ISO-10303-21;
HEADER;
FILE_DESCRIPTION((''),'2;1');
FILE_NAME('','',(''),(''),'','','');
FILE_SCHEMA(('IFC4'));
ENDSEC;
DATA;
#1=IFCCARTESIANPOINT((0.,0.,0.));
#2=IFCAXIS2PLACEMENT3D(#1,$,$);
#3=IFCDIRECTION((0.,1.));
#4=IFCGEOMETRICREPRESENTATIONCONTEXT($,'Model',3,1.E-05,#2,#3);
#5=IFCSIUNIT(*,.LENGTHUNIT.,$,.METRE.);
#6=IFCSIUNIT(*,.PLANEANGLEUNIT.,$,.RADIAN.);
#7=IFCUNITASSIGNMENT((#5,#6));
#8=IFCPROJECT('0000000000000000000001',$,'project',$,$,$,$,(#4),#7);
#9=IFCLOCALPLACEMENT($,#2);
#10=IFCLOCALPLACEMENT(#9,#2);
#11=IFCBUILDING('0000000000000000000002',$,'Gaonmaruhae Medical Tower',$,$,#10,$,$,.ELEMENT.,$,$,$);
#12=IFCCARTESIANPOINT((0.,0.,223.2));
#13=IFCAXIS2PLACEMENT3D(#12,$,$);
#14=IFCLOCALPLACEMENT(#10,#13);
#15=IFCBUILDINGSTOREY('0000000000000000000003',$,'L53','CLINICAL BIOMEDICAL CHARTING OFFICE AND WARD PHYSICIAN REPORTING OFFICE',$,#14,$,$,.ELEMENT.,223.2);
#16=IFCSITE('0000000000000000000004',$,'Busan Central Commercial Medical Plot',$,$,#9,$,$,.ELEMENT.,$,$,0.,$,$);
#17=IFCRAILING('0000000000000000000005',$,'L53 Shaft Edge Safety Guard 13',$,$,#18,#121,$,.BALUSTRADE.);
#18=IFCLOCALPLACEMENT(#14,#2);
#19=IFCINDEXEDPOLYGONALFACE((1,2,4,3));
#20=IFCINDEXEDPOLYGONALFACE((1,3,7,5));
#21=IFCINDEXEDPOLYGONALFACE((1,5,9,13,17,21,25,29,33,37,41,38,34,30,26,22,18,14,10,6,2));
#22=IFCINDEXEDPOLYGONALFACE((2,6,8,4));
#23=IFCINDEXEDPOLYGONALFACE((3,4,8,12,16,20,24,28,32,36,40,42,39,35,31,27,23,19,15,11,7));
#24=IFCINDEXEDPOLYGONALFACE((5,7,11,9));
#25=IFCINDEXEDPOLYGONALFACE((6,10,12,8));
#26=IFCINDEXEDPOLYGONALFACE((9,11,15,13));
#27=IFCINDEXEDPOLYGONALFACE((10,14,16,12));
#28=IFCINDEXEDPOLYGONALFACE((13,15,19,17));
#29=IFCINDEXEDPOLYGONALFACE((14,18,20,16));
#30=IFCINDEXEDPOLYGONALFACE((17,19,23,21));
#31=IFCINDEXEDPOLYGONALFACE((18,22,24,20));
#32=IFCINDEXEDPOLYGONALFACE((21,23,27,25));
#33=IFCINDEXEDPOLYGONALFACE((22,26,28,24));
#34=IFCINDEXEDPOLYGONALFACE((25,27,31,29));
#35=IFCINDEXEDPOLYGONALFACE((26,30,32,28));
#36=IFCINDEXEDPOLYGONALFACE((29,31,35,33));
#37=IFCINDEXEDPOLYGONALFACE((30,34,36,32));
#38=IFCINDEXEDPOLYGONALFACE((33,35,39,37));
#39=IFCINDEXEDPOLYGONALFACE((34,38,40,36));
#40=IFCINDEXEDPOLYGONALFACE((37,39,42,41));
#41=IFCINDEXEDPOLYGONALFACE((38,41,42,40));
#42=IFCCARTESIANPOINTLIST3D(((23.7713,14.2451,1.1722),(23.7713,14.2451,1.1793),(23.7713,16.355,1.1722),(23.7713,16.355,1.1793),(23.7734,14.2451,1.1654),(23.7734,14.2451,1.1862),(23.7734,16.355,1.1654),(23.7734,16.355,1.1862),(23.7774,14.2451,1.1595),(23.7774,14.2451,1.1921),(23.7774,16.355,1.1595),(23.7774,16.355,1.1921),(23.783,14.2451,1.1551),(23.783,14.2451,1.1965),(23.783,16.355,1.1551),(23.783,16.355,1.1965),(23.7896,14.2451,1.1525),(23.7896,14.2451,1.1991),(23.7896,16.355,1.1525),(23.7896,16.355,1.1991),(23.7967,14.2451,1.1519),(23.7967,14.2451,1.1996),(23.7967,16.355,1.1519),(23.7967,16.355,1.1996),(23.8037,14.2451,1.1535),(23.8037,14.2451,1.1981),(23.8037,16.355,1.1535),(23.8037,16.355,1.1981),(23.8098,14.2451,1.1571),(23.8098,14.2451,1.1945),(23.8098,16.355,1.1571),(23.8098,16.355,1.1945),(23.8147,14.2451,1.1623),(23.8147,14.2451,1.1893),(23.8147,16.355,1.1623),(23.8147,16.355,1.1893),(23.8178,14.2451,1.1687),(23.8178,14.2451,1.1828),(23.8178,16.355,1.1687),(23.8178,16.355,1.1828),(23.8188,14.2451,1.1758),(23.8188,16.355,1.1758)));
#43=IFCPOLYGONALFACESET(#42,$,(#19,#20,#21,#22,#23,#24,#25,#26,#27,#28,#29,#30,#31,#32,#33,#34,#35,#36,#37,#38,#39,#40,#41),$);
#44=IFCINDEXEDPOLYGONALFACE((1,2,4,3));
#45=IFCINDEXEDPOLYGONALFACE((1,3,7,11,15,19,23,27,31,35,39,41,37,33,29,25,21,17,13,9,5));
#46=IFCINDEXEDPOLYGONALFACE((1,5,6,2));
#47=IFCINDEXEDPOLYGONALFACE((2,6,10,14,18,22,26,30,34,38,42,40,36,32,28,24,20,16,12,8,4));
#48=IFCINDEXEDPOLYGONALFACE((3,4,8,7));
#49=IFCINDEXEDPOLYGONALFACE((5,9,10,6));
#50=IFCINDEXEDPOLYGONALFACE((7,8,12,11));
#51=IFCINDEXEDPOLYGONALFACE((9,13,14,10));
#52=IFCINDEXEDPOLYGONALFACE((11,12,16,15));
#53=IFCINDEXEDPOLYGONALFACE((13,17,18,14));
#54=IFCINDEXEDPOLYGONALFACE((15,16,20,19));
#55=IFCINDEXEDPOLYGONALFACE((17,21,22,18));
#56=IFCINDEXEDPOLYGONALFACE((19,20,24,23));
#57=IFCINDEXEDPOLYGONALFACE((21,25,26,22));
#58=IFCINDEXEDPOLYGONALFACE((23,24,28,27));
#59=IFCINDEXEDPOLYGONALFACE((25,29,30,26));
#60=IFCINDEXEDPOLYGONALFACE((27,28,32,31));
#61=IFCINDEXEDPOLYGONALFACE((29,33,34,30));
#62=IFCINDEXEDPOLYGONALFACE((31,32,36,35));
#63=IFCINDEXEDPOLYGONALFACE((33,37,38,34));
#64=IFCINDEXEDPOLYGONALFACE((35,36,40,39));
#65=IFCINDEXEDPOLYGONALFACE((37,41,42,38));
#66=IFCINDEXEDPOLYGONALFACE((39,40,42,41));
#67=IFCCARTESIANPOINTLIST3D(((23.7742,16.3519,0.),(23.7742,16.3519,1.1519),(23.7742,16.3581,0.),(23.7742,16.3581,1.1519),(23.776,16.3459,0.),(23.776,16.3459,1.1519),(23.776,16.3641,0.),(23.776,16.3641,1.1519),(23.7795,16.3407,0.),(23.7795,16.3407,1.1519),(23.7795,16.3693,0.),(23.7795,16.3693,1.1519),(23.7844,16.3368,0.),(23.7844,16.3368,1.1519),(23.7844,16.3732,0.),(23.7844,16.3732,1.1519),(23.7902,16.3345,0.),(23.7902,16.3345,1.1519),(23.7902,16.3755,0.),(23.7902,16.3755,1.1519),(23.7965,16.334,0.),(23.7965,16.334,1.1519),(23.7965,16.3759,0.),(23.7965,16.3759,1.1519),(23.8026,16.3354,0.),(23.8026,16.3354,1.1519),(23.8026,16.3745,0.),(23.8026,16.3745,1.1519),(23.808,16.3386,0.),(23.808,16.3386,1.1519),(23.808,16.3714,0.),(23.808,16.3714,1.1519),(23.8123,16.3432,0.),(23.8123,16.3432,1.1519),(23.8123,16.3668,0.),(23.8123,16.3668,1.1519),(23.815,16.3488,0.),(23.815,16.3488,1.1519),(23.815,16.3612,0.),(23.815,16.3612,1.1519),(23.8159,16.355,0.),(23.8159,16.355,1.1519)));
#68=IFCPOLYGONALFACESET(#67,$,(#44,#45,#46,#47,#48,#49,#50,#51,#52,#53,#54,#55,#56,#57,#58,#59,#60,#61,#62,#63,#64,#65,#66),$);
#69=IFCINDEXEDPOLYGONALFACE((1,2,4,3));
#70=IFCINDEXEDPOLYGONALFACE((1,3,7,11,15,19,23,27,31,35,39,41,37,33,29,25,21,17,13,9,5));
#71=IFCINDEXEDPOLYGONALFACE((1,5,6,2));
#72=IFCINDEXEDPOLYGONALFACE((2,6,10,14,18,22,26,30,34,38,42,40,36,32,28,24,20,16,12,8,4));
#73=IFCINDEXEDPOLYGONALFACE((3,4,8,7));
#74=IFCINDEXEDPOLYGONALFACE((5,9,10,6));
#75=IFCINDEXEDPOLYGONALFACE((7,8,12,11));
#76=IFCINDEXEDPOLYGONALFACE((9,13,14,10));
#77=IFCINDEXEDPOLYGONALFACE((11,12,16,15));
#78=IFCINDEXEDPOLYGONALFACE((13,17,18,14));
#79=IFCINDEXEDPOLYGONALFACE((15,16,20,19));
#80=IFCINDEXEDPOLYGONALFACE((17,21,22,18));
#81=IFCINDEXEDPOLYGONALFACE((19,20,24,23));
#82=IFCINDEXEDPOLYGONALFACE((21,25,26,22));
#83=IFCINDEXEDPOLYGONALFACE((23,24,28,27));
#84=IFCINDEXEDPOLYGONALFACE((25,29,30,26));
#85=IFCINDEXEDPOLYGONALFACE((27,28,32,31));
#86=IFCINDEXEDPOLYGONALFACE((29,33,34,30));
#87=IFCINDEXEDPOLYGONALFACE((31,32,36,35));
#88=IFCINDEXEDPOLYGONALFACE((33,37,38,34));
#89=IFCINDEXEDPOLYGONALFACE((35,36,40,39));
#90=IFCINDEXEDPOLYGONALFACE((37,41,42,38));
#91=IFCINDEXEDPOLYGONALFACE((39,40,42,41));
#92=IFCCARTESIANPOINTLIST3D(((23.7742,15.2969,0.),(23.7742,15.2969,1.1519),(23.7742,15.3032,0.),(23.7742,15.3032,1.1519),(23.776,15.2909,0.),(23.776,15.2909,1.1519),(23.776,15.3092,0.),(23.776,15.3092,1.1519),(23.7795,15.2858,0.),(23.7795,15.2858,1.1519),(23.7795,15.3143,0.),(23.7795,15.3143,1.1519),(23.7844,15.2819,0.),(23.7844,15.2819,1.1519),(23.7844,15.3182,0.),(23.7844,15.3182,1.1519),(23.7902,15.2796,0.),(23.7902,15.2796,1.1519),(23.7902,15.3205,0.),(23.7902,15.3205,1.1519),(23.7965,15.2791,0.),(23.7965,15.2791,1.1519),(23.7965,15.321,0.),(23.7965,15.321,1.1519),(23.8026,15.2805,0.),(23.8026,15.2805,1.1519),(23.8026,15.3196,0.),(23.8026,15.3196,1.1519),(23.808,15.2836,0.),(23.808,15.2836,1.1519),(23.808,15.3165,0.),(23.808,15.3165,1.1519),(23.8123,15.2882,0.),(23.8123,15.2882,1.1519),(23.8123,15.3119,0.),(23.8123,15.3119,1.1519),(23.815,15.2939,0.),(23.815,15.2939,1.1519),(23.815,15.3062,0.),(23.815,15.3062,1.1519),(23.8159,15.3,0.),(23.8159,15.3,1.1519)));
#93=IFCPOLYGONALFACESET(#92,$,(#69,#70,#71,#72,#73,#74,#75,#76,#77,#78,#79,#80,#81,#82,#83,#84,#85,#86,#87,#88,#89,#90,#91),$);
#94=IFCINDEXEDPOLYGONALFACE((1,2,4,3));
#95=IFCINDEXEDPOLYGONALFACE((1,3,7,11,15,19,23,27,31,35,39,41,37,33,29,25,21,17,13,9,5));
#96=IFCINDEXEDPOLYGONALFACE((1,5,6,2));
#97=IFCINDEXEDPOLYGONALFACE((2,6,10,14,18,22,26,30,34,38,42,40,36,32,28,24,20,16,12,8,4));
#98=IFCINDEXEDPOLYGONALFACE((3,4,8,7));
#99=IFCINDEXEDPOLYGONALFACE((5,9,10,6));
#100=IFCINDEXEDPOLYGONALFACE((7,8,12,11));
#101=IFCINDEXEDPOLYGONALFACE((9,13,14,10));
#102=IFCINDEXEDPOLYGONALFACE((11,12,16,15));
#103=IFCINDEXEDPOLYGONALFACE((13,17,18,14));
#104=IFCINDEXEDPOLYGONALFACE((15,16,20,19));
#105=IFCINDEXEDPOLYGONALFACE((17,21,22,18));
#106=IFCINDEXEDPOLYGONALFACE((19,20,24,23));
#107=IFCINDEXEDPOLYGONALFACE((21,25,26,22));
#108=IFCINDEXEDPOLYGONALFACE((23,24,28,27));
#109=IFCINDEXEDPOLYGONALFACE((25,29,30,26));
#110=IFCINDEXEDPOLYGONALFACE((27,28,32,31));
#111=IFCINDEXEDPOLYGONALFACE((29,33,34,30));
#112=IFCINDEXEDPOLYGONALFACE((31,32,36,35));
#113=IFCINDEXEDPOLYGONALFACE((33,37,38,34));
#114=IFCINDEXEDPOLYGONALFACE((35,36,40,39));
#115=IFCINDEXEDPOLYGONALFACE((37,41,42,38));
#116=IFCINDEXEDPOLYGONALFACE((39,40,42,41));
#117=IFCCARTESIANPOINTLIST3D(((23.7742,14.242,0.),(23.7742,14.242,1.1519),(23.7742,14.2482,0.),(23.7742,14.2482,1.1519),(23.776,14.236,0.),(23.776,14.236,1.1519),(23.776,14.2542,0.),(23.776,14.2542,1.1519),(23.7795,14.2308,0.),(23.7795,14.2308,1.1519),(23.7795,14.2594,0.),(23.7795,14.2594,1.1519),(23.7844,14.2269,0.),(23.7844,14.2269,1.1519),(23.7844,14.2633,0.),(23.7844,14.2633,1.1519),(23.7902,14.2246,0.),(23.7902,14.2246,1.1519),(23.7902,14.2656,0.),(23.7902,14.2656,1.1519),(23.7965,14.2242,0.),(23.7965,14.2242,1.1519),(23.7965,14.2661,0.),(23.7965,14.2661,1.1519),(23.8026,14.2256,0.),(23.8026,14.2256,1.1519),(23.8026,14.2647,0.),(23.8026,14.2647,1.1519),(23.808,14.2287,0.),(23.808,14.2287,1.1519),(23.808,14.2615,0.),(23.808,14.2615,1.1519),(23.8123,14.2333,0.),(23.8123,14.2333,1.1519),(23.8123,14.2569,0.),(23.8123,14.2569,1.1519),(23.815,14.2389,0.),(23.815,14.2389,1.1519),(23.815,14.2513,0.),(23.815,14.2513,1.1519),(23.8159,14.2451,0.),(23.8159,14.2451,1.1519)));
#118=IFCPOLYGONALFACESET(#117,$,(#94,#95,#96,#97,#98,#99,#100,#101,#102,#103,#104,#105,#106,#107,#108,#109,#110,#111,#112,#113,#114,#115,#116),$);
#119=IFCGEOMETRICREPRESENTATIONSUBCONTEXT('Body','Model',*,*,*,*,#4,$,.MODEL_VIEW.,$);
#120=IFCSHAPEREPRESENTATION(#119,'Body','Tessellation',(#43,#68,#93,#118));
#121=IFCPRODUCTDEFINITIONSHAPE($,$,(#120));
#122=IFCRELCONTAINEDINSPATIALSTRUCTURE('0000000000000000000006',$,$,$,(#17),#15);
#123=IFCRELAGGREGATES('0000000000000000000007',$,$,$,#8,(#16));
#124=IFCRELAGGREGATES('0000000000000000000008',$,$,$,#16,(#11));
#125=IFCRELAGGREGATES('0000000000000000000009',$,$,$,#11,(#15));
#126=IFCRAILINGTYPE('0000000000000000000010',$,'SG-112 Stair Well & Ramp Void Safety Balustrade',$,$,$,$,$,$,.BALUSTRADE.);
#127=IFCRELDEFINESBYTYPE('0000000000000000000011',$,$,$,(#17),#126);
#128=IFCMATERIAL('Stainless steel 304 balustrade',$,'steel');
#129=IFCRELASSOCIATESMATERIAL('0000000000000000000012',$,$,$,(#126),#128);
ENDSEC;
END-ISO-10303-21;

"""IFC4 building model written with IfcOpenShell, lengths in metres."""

from ifc_helpers import new_model, si_unit, direction, frame, origin, origin_2d, place, context, subcontext, project, spatial, circle, extrude, material, type_object, element, save


model = new_model("IFC4")

# Units and contexts
model_context = context("Model", 3, precision=1e-05, world=origin(), true_north=direction((0.0, 1.0)))
body_context = subcontext(model_context, "Body", "Model", "MODEL_VIEW")
ifc_project = project(units=[si_unit("LENGTHUNIT", "METRE"), si_unit("PLANEANGLEUNIT", "RADIAN")], contexts=[model_context])

# Site, building, storey
site_placement = place(None, origin())
site = spatial("IfcSite", under=ifc_project, at=site_placement, Name="Busan Central Commercial Medical Plot", CompositionType="ELEMENT", RefElevation=0.0)
building_placement = place(site_placement, origin())
building = spatial("IfcBuilding", under=site, at=building_placement, Name="Gaonmaruhae Medical Tower", CompositionType="ELEMENT")
storey_placement = place(building_placement, frame((0.0, 0.0, 223.2)))
storey = spatial("IfcBuildingStorey", under=building, at=storey_placement, Name="L53", Description="CLINICAL BIOMEDICAL CHARTING OFFICE AND WARD PHYSICIAN REPORTING OFFICE", CompositionType="ELEMENT", Elevation=223.2)

# Railing
ifc_material_1 = material(Name="Stainless steel 304 balustrade", Category="steel")
railing_type_1 = type_object("IfcRailingType", Name="SG-112 Stair Well & Ramp Void Safety Balustrade", PredefinedType="BALUSTRADE", material=ifc_material_1)
railing_1_placement = place(storey_placement, frame((23.7949, 16.355, 0.0)))
element("IfcRailing", 1, at=railing_1_placement, inside=storey, type_object=railing_type_1, Name="L53 Shaft Edge Safety Guard 13", PredefinedType="BALUSTRADE", context=body_context, shape_type="SweptSolid", body=[
    extrude(circle(Radius=0.0239, at=origin_2d()), frame((0.0, 0.0, 1.1758), z_axis=(0.0, -1.0, 0.0), x_axis=(1.0, 0.0, 0.0)), (0.0, 0.0, 1.0), 2.1099),
    extrude(circle(Radius=0.021, at=origin_2d()), origin(), (0.0, 0.0, 1.0), 1.1519),
    extrude(circle(Radius=0.021, at=origin_2d()), frame((0.0, -1.0549, 0.0)), (0.0, 0.0, 1.0), 1.1519),
    extrude(circle(Radius=0.021, at=origin_2d()), frame((0.0, -2.1099, 0.0)), (0.0, 0.0, 1.0), 1.1519),
])

save(model, "model.ifc")
